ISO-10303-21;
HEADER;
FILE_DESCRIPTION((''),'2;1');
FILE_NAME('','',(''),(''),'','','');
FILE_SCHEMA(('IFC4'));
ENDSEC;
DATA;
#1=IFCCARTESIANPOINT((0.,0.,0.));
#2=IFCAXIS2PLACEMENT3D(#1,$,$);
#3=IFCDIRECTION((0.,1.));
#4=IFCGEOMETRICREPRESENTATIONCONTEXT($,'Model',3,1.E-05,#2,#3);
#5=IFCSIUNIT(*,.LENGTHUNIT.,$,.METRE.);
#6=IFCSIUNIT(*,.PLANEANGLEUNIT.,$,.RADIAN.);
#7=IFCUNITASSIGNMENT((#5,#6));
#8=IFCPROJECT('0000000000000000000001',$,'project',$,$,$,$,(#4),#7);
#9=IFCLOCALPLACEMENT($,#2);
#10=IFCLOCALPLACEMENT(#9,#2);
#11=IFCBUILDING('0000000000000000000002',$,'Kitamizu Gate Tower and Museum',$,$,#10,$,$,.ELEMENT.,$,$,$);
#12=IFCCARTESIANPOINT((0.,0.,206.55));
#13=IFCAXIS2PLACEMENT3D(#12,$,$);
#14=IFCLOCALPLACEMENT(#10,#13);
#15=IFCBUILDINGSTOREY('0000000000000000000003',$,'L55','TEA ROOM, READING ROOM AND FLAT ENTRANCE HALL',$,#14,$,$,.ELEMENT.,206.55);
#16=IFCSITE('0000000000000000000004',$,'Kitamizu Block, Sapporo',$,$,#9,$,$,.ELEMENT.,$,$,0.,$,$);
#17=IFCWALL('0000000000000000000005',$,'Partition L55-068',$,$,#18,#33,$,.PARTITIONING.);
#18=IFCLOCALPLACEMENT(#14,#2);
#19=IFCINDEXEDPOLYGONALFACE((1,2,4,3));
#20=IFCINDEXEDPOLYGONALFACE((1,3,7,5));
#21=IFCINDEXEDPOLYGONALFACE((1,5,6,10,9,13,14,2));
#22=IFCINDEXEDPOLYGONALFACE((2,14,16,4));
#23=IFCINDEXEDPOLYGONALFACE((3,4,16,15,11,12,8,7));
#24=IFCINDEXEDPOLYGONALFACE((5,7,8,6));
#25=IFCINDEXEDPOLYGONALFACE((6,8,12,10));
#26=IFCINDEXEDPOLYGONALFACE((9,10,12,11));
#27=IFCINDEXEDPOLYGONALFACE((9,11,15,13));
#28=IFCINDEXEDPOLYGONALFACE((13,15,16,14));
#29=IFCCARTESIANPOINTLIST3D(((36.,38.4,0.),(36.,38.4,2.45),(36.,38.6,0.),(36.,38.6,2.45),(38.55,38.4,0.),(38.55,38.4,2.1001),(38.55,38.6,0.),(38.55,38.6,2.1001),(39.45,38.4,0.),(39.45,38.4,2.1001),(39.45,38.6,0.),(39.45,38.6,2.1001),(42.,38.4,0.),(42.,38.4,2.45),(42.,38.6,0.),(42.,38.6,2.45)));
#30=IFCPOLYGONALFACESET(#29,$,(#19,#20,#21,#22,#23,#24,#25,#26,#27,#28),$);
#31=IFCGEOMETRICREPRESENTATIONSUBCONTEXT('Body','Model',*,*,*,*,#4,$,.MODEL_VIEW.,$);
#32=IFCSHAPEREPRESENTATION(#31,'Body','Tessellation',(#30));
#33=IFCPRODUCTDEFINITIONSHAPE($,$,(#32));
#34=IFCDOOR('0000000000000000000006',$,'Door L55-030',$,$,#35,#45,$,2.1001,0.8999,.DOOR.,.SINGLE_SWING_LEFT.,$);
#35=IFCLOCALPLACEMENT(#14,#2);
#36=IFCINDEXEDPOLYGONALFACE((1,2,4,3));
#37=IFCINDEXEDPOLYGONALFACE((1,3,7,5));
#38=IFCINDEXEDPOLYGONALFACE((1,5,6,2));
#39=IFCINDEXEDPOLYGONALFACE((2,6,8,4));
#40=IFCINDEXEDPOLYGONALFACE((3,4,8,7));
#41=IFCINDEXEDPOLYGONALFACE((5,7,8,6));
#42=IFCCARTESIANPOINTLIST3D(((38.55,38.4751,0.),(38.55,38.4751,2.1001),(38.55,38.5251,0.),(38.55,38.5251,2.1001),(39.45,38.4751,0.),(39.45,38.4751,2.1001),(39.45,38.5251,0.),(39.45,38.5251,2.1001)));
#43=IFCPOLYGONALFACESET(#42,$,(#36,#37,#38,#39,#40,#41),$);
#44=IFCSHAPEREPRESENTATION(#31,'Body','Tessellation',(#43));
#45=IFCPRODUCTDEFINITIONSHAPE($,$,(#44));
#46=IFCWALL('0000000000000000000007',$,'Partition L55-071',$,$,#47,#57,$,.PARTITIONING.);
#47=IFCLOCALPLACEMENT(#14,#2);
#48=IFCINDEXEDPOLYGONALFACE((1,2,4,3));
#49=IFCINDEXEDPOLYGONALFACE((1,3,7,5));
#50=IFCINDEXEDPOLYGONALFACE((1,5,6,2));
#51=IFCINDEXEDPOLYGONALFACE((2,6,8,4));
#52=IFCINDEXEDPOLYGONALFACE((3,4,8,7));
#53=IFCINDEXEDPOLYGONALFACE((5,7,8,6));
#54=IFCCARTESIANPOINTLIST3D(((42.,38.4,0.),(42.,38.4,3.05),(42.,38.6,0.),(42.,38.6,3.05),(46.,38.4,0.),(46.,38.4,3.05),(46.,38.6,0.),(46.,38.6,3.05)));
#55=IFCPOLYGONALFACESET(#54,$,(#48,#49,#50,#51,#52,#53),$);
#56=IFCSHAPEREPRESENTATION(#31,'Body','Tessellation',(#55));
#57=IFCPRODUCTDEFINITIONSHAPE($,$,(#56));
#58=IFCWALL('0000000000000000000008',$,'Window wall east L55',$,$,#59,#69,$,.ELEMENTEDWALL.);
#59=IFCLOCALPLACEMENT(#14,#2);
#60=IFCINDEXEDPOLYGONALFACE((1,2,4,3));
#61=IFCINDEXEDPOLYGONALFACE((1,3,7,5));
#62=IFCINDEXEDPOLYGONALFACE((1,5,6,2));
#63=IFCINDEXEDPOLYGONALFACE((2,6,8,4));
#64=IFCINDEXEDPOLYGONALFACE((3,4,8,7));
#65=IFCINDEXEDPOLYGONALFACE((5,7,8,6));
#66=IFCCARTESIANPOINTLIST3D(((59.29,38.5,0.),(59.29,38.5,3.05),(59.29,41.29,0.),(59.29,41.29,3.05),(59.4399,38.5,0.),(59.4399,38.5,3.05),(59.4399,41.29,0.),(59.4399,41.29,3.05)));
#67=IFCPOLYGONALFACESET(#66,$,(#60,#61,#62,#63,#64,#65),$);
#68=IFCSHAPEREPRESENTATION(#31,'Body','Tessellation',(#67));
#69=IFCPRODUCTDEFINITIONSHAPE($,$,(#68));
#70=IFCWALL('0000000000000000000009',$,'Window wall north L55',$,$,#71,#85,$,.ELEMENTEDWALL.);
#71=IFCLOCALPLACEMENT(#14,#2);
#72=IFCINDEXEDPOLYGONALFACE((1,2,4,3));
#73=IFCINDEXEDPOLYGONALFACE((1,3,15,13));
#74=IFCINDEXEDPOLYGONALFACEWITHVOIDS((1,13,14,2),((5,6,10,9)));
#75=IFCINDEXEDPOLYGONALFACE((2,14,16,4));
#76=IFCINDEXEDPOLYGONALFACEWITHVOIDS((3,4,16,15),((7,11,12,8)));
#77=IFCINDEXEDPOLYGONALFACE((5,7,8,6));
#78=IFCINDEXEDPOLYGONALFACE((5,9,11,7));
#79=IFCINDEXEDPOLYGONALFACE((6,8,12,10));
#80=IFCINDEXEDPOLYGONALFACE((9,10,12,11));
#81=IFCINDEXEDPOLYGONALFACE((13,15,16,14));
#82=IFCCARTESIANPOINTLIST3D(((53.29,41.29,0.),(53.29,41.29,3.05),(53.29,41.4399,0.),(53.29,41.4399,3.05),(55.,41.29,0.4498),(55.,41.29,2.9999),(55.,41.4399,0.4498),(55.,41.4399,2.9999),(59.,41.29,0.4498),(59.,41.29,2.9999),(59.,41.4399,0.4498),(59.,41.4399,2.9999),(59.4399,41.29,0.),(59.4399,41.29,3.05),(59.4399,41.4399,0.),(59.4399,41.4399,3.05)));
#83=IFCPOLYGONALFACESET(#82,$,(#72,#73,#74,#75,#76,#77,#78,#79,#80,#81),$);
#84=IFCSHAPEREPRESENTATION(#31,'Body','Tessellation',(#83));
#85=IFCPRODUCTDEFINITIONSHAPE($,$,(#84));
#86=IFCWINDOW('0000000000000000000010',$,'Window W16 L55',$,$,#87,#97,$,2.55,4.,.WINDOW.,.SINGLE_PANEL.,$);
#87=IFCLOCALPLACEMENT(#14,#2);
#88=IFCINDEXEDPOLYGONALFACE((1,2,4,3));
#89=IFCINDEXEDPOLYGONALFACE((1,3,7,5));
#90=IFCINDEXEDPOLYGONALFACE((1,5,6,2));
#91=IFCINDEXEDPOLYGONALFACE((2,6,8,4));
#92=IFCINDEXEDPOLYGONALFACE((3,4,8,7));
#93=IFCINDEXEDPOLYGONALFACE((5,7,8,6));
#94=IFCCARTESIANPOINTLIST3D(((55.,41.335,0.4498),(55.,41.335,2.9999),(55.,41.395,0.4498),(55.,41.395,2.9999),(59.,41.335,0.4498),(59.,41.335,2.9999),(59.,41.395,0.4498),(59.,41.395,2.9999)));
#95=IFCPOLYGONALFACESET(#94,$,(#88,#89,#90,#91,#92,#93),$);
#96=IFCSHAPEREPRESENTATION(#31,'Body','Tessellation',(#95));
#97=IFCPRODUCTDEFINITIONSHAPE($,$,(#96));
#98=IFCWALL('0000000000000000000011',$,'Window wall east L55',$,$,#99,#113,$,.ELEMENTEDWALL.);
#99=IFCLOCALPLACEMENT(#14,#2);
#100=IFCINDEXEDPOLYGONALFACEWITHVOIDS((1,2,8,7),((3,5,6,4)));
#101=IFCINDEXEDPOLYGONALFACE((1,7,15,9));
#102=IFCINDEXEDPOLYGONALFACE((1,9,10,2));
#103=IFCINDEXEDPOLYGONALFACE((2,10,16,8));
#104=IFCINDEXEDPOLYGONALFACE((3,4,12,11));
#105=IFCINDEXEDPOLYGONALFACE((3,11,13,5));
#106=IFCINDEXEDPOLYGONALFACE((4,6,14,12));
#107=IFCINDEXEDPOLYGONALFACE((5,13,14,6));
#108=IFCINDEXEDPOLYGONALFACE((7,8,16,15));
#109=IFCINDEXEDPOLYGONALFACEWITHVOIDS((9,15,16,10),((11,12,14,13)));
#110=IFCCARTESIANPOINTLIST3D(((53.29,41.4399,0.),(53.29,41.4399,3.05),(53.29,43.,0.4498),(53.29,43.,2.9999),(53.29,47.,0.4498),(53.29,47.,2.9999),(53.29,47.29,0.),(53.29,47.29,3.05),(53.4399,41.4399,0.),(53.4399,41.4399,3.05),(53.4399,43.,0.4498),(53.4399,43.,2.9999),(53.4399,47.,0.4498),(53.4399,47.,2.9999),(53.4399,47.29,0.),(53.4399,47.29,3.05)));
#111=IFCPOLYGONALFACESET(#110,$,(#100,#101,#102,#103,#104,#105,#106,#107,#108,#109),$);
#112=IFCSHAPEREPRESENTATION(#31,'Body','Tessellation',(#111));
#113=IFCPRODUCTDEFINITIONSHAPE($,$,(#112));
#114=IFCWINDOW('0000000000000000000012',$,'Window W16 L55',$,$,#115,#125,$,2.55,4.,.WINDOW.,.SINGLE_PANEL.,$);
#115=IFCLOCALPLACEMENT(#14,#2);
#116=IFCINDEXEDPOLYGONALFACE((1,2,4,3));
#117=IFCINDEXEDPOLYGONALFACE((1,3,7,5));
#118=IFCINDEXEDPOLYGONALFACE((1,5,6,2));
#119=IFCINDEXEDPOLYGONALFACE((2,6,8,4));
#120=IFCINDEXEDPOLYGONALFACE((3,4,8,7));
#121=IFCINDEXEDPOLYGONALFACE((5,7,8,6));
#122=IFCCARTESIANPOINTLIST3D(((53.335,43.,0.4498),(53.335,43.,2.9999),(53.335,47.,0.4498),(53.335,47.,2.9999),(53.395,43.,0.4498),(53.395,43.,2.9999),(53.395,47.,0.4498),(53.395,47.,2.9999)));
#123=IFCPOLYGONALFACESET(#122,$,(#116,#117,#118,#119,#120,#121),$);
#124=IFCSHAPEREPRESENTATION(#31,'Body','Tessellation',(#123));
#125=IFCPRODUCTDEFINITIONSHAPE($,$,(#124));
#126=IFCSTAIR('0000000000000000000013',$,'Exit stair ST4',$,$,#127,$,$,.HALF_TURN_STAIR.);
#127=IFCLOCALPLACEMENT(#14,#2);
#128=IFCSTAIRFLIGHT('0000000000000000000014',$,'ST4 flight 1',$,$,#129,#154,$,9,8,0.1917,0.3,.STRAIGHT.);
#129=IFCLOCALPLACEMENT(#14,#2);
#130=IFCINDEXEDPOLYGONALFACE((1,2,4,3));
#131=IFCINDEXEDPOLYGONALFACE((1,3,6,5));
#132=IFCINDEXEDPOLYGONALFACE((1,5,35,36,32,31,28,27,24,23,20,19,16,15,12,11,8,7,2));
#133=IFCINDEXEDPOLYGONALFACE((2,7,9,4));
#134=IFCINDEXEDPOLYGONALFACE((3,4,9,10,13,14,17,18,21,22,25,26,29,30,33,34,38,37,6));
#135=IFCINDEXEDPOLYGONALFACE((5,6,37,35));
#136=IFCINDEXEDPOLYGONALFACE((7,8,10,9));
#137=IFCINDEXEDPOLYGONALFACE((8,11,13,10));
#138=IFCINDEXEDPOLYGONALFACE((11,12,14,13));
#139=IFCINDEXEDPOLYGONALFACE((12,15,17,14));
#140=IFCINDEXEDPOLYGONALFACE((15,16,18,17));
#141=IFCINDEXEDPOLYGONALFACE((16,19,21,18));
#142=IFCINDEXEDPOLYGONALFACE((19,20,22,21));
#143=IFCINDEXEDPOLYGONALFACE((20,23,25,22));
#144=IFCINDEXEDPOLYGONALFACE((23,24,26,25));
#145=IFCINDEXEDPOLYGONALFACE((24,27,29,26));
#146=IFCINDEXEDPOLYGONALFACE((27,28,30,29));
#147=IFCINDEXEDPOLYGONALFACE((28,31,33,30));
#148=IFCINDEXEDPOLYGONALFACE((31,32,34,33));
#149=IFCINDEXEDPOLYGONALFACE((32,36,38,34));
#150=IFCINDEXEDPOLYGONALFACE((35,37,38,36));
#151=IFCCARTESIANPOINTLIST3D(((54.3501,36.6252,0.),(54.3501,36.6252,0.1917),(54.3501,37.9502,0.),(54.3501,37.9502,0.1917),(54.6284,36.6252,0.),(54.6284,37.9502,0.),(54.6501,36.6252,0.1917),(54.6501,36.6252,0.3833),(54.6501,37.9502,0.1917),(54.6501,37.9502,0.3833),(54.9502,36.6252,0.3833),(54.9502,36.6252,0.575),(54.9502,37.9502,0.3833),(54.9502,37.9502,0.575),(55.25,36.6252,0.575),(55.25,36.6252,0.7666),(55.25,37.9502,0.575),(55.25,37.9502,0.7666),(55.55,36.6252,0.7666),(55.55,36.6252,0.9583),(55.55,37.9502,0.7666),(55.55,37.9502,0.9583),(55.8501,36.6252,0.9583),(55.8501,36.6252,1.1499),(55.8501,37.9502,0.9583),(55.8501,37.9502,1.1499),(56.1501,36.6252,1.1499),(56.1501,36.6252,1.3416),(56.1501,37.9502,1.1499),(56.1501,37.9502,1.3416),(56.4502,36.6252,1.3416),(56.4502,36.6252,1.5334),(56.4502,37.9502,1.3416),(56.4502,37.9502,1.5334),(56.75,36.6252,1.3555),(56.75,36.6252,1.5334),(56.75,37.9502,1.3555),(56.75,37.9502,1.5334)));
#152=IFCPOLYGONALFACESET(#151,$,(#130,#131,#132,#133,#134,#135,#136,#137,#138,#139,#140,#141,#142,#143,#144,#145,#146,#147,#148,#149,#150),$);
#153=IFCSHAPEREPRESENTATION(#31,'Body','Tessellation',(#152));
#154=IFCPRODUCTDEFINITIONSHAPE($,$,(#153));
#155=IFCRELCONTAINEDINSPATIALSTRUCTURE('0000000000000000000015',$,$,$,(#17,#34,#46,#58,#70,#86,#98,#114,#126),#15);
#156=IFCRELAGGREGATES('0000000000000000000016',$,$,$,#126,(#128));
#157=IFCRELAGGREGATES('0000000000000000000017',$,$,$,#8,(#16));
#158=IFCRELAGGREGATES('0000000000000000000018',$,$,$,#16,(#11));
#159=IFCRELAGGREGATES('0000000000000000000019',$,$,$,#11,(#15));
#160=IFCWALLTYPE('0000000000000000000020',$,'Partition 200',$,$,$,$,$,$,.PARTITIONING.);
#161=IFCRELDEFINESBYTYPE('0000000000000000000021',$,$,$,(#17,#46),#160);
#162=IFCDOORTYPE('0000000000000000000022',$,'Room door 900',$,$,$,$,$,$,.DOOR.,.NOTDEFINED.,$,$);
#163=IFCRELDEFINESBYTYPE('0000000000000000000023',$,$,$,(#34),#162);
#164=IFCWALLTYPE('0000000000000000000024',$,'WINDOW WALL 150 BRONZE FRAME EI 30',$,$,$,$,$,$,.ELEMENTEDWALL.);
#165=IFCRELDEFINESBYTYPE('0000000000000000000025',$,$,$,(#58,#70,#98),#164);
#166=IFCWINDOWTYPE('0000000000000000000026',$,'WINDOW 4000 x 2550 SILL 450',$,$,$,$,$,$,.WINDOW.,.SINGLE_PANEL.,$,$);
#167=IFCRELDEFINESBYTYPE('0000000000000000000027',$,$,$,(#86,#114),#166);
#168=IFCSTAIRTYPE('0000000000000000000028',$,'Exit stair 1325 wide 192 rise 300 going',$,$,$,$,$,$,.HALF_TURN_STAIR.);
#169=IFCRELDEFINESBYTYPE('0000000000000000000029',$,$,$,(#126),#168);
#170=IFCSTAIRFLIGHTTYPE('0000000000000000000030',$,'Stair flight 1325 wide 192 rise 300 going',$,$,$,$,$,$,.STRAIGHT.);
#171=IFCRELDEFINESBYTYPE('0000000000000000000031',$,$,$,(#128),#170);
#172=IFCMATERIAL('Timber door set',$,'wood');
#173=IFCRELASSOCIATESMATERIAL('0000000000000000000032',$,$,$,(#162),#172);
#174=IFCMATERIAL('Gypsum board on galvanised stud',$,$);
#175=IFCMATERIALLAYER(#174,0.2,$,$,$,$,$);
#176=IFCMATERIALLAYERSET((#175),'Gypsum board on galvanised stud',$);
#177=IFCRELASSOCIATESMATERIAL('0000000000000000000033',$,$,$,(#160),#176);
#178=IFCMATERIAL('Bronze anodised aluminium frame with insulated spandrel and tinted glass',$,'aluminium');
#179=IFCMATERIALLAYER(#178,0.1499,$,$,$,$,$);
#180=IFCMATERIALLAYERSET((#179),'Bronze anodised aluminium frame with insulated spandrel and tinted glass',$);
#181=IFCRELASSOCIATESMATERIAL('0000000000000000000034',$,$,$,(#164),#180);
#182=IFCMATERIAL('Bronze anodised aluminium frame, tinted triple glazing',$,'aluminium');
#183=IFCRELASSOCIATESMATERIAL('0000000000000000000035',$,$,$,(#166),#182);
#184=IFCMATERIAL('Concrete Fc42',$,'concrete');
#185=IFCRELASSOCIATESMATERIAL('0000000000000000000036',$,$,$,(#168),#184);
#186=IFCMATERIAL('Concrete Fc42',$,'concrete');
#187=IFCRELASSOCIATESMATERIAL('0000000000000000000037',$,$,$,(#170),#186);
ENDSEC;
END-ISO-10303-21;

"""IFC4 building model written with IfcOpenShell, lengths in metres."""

from ifc_helpers import new_model, si_unit, direction, frame, frame_2d, origin, place, context, subcontext, project, spatial, polyline, rectangle, outline, extrude, material, layer, layer_set, type_object, element, fill, aggregate, save


model = new_model("IFC4")

# Units and contexts
model_context = context("Model", 3, precision=1e-05, world=origin(), true_north=direction((0.0, 1.0)))
body_context = subcontext(model_context, "Body", "Model", "MODEL_VIEW")
ifc_project = project(units=[si_unit("LENGTHUNIT", "METRE"), si_unit("PLANEANGLEUNIT", "RADIAN")], contexts=[model_context])

# Site, building, storey
site_placement = place(None, origin())
site = spatial("IfcSite", under=ifc_project, at=site_placement, Name="Kitamizu Block, Sapporo", CompositionType="ELEMENT", RefElevation=0.0)
building_placement = place(site_placement, origin())
building = spatial("IfcBuilding", under=site, at=building_placement, Name="Kitamizu Gate Tower and Museum", CompositionType="ELEMENT")
storey_placement = place(building_placement, frame((0.0, 0.0, 206.55)))
storey = spatial("IfcBuildingStorey", under=building, at=storey_placement, Name="L55", Description="TEA ROOM, READING ROOM AND FLAT ENTRANCE HALL", CompositionType="ELEMENT", Elevation=206.55)

# Shared definitions
ifc_material_1 = material(Name="Timber door set", Category="wood")
door_type_1 = type_object("IfcDoorType", Name="Room door 900", OperationType="NOTDEFINED", PredefinedType="DOOR", material=ifc_material_1)
ifc_material_2 = material(Name="Gypsum board on galvanised stud")
ifc_layer_1 = layer(ifc_material_2, 0.2)
ifc_layer_set_1 = layer_set([ifc_layer_1], Name="Gypsum board on galvanised stud")
wall_type_1 = type_object("IfcWallType", Name="Partition 200", PredefinedType="PARTITIONING", material=ifc_layer_set_1)

# Wall, opening, door
wall_1_placement = place(storey_placement, frame((42.0, 38.5, 0.0), z_axis=(0.0, 0.0, 1.0), x_axis=(-1.0, 0.0, 0.0)))
wall_1 = element("IfcWall", 1, at=wall_1_placement, inside=storey, type_object=wall_type_1, Name="Partition L55-068", PredefinedType="PARTITIONING", context=body_context, shape_type="SweptSolid", body=[
    extrude(rectangle(XDim=6.0, YDim=0.2, at=frame_2d((3.0, 0.0))), origin(), (0.0, 0.0, 1.0), 2.45),
])
opening_1_placement = place(wall_1_placement, frame((2.55, 0.0, 0.0)))
opening_1 = element("IfcOpeningElement", 2, at=opening_1_placement, cuts=wall_1, PredefinedType="OPENING", context=body_context, shape_type="SweptSolid", body=[
    extrude(rectangle(XDim=0.8999, YDim=2.1001, at=frame_2d((0.45, 1.05))), frame((0.0, 0.1099, 0.0), z_axis=(0.0, -1.0, 0.0), x_axis=(1.0, 0.0, 0.0)), (0.0, 0.0, 1.0), 0.22),
])
door_1_placement = place(opening_1_placement, origin())
door_1 = element("IfcDoor", 3, at=door_1_placement, inside=storey, type_object=door_type_1, Name="Door L55-030", OperationType="SINGLE_SWING_LEFT", OverallHeight=2.1001, OverallWidth=0.8999, PredefinedType="DOOR", context=body_context, shape_type="SweptSolid", body=[
    extrude(rectangle(XDim=0.8999, YDim=2.1001, at=frame_2d((0.45, 1.05))), frame((0.0, 0.0249, 0.0), z_axis=(0.0, -1.0, 0.0), x_axis=(1.0, 0.0, 0.0)), (0.0, 0.0, 1.0), 0.05),
])
fill(opening_1, door_1)

# Walls
wall_2_placement = place(storey_placement, frame((46.0, 38.5, 0.0), z_axis=(0.0, 0.0, 1.0), x_axis=(-1.0, 0.0, 0.0)))
element("IfcWall", 4, at=wall_2_placement, inside=storey, type_object=wall_type_1, Name="Partition L55-071", PredefinedType="PARTITIONING", context=body_context, shape_type="SweptSolid", body=[
    extrude(rectangle(XDim=4.0, YDim=0.2, at=frame_2d((2.0, 0.0))), origin(), (0.0, 0.0, 1.0), 3.05),
])
ifc_material_3 = material(Name="Bronze anodised aluminium frame with insulated spandrel and tinted glass", Category="aluminium")
ifc_layer_2 = layer(ifc_material_3, 0.1499)
ifc_layer_set_2 = layer_set([ifc_layer_2], Name="Bronze anodised aluminium frame with insulated spandrel and tinted glass")
wall_type_2 = type_object("IfcWallType", Name="WINDOW WALL 150 BRONZE FRAME EI 30", PredefinedType="ELEMENTEDWALL", material=ifc_layer_set_2)
wall_3_placement = place(storey_placement, frame((59.365, 38.5, 0.0), z_axis=(0.0, 0.0, 1.0), x_axis=(0.0, 1.0, 0.0)))
element("IfcWall", 5, at=wall_3_placement, inside=storey, type_object=wall_type_2, Name="Window wall east L55", PredefinedType="ELEMENTEDWALL", context=body_context, shape_type="SweptSolid", body=[
    extrude(rectangle(XDim=2.79, YDim=0.1499, at=frame_2d((1.395, 0.0))), origin(), (0.0, 0.0, 1.0), 3.05),
])

# Walls, openings, windows
wall_4_placement = place(storey_placement, frame((53.29, 41.365, 0.0), z_axis=(0.0, 0.0, 1.0), x_axis=(1.0, 0.0, 0.0)))
wall_4 = element("IfcWall", 6, at=wall_4_placement, inside=storey, type_object=wall_type_2, Name="Window wall north L55", PredefinedType="ELEMENTEDWALL", context=body_context, shape_type="SweptSolid", body=[
    extrude(rectangle(XDim=6.1499, YDim=0.1499, at=frame_2d((3.075, 0.0))), origin(), (0.0, 0.0, 1.0), 3.05),
])
opening_2_placement = place(wall_4_placement, frame((1.71, 0.0, 0.45)))
opening_2 = element("IfcOpeningElement", 7, at=opening_2_placement, cuts=wall_4, PredefinedType="OPENING", context=body_context, shape_type="SweptSolid", body=[
    extrude(rectangle(XDim=4.0, YDim=2.55, at=frame_2d((2.0, 1.2749))), frame((0.0, 0.085, 0.0), z_axis=(0.0, -1.0, 0.0), x_axis=(1.0, 0.0, 0.0)), (0.0, 0.0, 1.0), 0.1699),
])
ifc_material_4 = material(Name="Bronze anodised aluminium frame, tinted triple glazing", Category="aluminium")
window_type = type_object("IfcWindowType", Name="WINDOW 4000 x 2550 SILL 450", PartitioningType="SINGLE_PANEL", PredefinedType="WINDOW", material=ifc_material_4)
window_1_placement = place(opening_2_placement, origin())
window_1 = element("IfcWindow", 8, at=window_1_placement, inside=storey, type_object=window_type, Name="Window W16 L55", OverallHeight=2.55, OverallWidth=4.0, PartitioningType="SINGLE_PANEL", PredefinedType="WINDOW", context=body_context, shape_type="SweptSolid", body=[
    extrude(rectangle(XDim=4.0, YDim=2.55, at=frame_2d((2.0, 1.2749))), frame((0.0, 0.03, 0.0), z_axis=(0.0, -1.0, 0.0), x_axis=(1.0, 0.0, 0.0)), (0.0, 0.0, 1.0), 0.0601),
])
fill(opening_2, window_1)
wall_5_placement = place(storey_placement, frame((53.365, 41.4399, 0.0), z_axis=(0.0, 0.0, 1.0), x_axis=(0.0, 1.0, 0.0)))
wall_5 = element("IfcWall", 9, at=wall_5_placement, inside=storey, type_object=wall_type_2, Name="Window wall east L55", PredefinedType="ELEMENTEDWALL", context=body_context, shape_type="SweptSolid", body=[
    extrude(rectangle(XDim=5.8501, YDim=0.1499, at=frame_2d((2.925, 0.0))), origin(), (0.0, 0.0, 1.0), 3.05),
])
opening_3_placement = place(wall_5_placement, frame((1.5601, 0.0, 0.45)))
opening_3 = element("IfcOpeningElement", 10, at=opening_3_placement, cuts=wall_5, PredefinedType="OPENING", context=body_context, shape_type="SweptSolid", body=[
    extrude(rectangle(XDim=4.0, YDim=2.55, at=frame_2d((2.0, 1.2749))), frame((0.0, 0.085, 0.0), z_axis=(0.0, -1.0, 0.0), x_axis=(1.0, 0.0, 0.0)), (0.0, 0.0, 1.0), 0.1699),
])
window_2_placement = place(opening_3_placement, origin())
window_2 = element("IfcWindow", 11, at=window_2_placement, inside=storey, type_object=window_type, Name="Window W16 L55", OverallHeight=2.55, OverallWidth=4.0, PartitioningType="SINGLE_PANEL", PredefinedType="WINDOW", context=body_context, shape_type="SweptSolid", body=[
    extrude(rectangle(XDim=4.0, YDim=2.55, at=frame_2d((2.0, 1.2749))), frame((0.0, 0.03, 0.0), z_axis=(0.0, -1.0, 0.0), x_axis=(1.0, 0.0, 0.0)), (0.0, 0.0, 1.0), 0.0601),
])
fill(opening_3, window_2)

# Stair, stair flight
ifc_material_5 = material(Name="Concrete Fc42", Category="concrete")
stair_type = type_object("IfcStairType", Name="Exit stair 1325 wide 192 rise 300 going", PredefinedType="HALF_TURN_STAIR", material=ifc_material_5)
stair_placement = place(storey_placement, origin())
stair = element("IfcStair", 12, at=stair_placement, inside=storey, type_object=stair_type, Name="Exit stair ST4", PredefinedType="HALF_TURN_STAIR")
ifc_material_6 = material(Name="Concrete Fc42", Category="concrete")
stair_flight_type = type_object("IfcStairFlightType", Name="Stair flight 1325 wide 192 rise 300 going", PredefinedType="STRAIGHT", material=ifc_material_6)
stair_flight_placement = place(storey_placement, frame((54.3501, 37.2876, 0.0), z_axis=(0.0, 0.0, 1.0), x_axis=(1.0, 0.0, 0.0)))
stair_flight = element("IfcStairFlight", 13, at=stair_flight_placement, type_object=stair_flight_type, Name="ST4 flight 1", NumberOfRisers=9, NumberOfTreads=8, PredefinedType="STRAIGHT", RiserHeight=0.1917, TreadLength=0.3, context=body_context, shape_type="SweptSolid", body=[
    extrude(outline(polyline([(0.0, 0.0), (0.0, 0.1917), (0.3, 0.1917), (0.3, 0.3833), (0.6001, 0.3833), (0.6001, 0.575), (0.8999, 0.575), (0.8999, 0.7666), (1.2, 0.7666), (1.2, 0.9583), (1.5, 0.9583), (1.5, 1.1499), (1.8, 1.1499), (1.8, 1.3416), (2.1001, 1.3416), (2.1001, 1.5334), (2.3999, 1.5334), (2.3999, 1.7251), (2.3999, 1.3555), (0.2783, 0.0), (0.0, 0.0)])), frame((0.0, 0.6626, 0.0), z_axis=(0.0, -1.0, 0.0), x_axis=(1.0, 0.0, 0.0)), (0.0, 0.0, 1.0), 1.325),
])
aggregate(stair, [stair_flight])

save(model, "model.ifc")
